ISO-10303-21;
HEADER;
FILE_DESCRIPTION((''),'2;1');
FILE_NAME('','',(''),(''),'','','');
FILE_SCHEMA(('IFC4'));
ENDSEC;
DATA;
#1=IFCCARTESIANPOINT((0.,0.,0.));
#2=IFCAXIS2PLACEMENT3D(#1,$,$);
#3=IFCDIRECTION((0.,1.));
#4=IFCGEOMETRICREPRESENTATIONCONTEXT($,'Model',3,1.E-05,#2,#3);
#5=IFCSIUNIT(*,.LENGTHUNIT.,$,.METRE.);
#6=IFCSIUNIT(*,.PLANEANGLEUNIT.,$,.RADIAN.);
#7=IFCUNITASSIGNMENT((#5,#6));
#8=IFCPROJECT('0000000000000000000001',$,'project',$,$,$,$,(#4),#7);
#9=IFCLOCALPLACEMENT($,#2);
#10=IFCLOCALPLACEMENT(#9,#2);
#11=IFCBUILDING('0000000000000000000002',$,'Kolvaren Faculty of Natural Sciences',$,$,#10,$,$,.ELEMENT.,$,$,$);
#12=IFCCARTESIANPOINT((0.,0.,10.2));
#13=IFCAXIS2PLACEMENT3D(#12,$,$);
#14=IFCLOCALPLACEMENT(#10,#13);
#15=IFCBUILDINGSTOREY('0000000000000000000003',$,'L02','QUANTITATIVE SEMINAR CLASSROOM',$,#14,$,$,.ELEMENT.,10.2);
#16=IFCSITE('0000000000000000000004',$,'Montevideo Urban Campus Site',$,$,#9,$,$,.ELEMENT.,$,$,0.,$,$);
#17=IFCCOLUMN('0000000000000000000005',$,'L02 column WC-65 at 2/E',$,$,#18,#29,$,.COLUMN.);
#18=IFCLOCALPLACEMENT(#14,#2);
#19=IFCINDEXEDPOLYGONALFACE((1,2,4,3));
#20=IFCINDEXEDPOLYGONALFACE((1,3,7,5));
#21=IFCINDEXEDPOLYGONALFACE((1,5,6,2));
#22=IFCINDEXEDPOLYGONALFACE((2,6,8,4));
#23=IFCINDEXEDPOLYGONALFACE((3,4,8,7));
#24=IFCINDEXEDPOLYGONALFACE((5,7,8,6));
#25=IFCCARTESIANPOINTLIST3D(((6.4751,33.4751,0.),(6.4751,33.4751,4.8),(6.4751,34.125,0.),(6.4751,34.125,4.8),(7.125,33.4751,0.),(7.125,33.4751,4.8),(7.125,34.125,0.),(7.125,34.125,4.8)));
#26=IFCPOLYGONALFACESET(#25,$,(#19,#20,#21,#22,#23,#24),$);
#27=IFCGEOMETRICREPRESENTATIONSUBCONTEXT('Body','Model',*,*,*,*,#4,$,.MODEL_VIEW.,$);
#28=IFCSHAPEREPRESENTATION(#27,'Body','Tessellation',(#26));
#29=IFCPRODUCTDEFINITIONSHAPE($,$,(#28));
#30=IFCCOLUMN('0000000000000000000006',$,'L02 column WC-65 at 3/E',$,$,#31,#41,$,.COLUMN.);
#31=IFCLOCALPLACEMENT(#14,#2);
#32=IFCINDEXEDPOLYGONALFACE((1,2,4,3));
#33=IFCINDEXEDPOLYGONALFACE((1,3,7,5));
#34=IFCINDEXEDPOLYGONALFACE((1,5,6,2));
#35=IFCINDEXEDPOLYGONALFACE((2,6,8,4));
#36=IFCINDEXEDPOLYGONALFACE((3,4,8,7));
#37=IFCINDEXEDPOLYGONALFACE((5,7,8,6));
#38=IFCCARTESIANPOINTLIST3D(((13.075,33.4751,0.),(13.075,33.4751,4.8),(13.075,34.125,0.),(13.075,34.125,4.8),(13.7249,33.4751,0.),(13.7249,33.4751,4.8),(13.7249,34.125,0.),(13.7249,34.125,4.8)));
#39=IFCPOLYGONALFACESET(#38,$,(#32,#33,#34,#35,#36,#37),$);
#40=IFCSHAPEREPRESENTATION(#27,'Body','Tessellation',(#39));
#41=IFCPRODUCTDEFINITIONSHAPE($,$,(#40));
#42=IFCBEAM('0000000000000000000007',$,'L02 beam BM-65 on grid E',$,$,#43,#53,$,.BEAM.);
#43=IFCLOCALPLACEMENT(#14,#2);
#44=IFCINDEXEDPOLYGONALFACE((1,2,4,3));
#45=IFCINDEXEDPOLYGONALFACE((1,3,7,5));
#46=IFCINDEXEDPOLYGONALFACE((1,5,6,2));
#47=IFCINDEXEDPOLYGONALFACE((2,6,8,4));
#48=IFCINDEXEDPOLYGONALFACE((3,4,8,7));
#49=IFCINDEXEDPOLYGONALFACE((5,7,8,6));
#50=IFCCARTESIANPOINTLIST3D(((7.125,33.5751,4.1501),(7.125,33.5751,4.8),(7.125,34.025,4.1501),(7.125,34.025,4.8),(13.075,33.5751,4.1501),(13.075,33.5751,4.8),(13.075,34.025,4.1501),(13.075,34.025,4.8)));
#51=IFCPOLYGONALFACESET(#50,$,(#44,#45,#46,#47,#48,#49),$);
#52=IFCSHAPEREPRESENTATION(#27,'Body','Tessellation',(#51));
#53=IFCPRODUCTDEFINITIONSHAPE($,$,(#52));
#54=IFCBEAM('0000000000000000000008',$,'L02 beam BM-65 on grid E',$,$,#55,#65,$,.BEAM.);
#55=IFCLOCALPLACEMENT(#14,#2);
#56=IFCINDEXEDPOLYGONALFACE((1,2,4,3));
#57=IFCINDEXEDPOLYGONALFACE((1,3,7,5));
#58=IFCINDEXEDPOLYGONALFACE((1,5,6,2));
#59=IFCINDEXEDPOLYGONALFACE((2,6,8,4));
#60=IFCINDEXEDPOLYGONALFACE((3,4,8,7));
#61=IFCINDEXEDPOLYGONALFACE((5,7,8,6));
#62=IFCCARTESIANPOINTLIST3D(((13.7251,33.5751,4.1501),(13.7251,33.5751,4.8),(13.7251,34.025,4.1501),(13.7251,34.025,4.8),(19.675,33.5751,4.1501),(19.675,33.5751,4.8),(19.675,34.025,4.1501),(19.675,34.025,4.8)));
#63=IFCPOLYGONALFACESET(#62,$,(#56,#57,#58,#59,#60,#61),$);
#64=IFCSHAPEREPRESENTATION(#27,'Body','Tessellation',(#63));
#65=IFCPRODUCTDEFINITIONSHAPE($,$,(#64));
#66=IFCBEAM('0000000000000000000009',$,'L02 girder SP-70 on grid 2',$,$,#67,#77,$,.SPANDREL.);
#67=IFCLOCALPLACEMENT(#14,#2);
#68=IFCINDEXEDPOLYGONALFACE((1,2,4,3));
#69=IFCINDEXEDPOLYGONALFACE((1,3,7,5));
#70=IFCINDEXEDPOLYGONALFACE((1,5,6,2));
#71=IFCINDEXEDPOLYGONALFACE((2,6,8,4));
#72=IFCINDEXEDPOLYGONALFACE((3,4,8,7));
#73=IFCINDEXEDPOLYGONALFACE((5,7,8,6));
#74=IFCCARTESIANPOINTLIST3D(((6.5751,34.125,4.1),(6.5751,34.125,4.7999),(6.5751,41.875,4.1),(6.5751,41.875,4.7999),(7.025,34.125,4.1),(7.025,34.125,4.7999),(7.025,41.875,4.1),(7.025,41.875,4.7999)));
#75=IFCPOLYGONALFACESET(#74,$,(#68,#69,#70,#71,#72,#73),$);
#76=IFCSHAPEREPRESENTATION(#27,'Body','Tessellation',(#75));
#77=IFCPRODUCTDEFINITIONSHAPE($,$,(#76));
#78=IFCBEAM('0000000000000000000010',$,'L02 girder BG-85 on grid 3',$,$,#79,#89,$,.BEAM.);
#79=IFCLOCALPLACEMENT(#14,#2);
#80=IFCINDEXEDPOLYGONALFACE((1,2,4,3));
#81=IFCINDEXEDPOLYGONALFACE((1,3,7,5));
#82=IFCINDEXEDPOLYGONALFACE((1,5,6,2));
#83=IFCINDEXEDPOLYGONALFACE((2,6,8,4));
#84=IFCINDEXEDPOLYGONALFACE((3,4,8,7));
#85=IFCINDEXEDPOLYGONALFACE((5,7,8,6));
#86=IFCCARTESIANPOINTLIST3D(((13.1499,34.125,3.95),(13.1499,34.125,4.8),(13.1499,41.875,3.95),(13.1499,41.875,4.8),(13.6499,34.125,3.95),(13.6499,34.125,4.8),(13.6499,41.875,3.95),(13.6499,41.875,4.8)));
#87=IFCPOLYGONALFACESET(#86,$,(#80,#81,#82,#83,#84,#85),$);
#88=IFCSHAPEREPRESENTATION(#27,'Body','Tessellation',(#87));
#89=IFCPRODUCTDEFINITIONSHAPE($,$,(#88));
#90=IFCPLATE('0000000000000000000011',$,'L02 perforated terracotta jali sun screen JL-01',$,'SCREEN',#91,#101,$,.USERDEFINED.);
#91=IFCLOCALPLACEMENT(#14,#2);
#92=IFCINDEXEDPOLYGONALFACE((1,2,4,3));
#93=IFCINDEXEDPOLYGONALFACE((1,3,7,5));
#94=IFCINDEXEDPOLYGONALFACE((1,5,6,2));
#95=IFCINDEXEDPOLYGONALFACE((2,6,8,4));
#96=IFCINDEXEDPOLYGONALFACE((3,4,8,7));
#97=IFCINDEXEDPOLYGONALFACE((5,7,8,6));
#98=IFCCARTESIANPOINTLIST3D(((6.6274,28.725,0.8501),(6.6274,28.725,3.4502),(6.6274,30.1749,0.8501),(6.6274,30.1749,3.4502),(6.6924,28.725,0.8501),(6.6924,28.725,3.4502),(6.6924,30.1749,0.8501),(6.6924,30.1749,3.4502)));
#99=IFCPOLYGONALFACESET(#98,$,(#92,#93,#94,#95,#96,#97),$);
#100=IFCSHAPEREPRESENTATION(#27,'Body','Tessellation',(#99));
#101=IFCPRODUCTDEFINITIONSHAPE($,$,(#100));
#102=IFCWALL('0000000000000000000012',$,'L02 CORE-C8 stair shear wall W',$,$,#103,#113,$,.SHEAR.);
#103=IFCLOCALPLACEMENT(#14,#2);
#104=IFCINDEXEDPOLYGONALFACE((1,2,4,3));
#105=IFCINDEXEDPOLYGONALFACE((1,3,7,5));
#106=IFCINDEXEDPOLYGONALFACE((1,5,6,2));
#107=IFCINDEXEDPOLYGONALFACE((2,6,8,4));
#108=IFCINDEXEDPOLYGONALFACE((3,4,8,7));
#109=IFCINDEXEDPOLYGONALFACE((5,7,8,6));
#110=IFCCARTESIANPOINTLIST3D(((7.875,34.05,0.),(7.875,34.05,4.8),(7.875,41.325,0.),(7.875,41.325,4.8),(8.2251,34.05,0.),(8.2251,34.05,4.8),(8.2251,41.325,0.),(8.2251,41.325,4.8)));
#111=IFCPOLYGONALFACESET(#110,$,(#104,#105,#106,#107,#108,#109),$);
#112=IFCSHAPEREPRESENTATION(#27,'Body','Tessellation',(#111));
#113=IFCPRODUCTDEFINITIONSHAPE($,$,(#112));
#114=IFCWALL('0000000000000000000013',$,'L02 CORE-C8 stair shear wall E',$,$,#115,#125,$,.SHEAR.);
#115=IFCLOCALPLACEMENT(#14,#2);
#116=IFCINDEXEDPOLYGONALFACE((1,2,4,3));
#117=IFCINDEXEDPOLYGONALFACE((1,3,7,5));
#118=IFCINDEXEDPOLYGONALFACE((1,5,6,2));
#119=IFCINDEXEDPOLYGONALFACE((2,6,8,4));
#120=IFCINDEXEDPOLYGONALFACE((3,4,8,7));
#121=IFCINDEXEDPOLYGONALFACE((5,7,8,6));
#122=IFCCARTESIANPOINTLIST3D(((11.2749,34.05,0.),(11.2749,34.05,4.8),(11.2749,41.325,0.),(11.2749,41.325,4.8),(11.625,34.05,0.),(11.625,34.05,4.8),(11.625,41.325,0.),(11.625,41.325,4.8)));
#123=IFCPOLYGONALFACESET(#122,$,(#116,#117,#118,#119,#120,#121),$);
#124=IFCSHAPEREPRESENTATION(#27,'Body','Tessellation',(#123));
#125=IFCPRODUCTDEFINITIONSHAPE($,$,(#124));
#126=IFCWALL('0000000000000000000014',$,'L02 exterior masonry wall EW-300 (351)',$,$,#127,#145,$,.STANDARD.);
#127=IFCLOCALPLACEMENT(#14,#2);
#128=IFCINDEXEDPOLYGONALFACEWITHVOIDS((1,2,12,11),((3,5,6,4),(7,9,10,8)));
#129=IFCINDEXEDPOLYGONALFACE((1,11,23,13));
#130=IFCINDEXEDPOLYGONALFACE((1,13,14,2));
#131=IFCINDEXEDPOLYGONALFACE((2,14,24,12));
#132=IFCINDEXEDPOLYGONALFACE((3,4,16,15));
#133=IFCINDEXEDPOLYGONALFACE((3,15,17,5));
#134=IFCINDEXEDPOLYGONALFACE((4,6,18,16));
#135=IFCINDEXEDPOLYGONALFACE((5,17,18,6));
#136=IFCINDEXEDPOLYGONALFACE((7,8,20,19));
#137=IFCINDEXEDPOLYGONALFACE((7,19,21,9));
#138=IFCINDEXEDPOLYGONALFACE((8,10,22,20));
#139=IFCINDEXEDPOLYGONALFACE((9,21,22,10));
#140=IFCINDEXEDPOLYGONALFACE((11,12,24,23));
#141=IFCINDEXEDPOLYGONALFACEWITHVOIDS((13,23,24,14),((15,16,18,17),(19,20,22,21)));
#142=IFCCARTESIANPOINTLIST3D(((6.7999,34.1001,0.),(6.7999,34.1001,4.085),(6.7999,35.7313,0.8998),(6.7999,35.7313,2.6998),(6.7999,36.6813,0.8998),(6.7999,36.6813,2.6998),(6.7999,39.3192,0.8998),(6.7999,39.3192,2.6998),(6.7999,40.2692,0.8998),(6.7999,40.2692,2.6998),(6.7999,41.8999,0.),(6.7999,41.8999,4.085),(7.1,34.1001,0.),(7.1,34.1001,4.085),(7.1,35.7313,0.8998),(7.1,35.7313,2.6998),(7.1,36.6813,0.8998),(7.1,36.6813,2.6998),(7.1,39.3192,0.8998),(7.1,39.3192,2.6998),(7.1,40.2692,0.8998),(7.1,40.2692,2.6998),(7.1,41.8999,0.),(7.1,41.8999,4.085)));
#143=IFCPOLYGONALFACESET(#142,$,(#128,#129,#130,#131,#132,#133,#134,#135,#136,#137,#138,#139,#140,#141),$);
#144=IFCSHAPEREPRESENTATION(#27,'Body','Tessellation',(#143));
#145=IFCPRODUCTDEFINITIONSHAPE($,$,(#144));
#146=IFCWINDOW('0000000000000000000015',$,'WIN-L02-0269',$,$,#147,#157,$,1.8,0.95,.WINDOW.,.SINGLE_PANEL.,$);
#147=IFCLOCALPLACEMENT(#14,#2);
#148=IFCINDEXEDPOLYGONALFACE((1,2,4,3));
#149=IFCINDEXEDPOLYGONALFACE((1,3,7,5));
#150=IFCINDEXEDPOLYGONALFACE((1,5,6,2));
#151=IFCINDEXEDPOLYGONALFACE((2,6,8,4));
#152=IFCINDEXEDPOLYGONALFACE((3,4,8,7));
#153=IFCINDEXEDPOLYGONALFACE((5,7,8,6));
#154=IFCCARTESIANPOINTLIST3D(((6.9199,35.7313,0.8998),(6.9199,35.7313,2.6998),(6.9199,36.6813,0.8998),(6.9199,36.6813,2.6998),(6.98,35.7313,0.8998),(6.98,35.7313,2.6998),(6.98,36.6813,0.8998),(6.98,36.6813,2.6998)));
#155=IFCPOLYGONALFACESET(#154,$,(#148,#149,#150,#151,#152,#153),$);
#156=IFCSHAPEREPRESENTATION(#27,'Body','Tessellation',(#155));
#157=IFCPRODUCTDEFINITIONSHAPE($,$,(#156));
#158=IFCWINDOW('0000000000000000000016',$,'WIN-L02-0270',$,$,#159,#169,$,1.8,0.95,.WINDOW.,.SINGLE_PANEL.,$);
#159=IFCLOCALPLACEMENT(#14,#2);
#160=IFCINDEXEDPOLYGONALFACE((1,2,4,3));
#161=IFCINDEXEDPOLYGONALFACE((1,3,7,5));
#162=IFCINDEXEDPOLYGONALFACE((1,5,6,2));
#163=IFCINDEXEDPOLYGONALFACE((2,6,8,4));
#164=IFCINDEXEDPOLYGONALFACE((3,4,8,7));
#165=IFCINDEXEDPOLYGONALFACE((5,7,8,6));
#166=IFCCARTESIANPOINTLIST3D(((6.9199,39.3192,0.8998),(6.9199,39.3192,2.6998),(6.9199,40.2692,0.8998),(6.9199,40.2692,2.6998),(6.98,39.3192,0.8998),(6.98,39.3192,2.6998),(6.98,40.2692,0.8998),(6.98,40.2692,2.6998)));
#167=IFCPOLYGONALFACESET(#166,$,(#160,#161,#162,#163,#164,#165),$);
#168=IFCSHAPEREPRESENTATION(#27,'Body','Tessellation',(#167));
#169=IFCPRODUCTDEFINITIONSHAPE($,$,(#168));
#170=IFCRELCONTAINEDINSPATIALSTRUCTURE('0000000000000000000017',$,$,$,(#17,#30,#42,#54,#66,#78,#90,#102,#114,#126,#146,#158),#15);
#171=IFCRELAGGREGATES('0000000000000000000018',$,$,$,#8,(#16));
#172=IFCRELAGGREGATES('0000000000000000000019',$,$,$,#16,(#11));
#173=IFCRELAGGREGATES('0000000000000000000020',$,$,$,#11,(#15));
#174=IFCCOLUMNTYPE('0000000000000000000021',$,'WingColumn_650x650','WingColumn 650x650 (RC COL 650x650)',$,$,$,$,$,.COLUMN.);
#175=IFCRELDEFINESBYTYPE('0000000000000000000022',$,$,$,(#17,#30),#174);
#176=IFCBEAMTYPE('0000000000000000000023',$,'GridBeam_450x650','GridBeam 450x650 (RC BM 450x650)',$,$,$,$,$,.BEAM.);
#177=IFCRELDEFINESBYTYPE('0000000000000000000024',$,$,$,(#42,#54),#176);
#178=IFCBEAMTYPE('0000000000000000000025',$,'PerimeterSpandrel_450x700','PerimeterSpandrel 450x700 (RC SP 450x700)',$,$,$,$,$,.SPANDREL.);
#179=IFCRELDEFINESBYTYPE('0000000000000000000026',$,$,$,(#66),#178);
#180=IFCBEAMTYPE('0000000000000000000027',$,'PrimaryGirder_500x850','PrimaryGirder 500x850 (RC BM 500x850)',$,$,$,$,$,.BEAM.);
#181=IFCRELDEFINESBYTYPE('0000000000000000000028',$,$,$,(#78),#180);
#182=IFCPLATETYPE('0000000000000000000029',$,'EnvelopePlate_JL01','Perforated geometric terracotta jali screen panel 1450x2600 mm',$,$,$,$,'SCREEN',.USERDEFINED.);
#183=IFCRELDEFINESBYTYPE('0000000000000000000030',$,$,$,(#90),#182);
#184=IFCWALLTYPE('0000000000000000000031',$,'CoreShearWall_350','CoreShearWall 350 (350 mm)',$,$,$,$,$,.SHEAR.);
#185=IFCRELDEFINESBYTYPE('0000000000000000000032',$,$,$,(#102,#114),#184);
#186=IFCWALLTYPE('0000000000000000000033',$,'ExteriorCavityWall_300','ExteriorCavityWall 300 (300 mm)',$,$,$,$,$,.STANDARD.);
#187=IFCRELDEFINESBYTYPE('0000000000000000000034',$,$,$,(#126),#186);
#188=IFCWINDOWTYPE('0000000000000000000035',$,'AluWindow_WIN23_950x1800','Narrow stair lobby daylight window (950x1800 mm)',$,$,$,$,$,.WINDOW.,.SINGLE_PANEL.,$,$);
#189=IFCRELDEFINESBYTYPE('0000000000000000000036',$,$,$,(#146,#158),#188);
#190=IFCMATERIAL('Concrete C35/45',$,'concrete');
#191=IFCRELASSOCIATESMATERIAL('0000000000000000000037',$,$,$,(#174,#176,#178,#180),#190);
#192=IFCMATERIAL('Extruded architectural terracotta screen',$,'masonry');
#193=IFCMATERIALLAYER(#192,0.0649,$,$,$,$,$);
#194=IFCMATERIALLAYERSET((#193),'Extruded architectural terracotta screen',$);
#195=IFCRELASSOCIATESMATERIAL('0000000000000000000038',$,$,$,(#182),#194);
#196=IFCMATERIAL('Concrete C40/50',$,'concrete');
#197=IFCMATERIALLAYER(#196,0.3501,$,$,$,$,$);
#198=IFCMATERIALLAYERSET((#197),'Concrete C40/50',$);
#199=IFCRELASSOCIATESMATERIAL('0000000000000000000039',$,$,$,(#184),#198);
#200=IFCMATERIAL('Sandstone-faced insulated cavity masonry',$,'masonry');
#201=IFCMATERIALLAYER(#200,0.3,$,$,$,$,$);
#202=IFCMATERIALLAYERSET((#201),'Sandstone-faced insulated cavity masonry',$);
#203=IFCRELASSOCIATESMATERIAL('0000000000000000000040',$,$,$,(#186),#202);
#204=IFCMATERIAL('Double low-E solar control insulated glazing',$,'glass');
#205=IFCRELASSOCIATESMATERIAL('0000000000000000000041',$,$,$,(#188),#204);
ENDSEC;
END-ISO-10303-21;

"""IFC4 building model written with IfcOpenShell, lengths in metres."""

from ifc_helpers import new_model, si_unit, direction, frame, frame_2d, origin, origin_2d, place, context, subcontext, project, spatial, rectangle, extrude, material, layer, layer_set, material_profile, profile_set, type_object, element, fill, save


model = new_model("IFC4")

# Units and contexts
model_context = context("Model", 3, precision=1e-05, world=origin(), true_north=direction((0.0, 1.0)))
body_context = subcontext(model_context, "Body", "Model", "MODEL_VIEW")
ifc_project = project(units=[si_unit("LENGTHUNIT", "METRE"), si_unit("PLANEANGLEUNIT", "RADIAN")], contexts=[model_context])

# Site, building, storey
site_placement = place(None, origin())
site = spatial("IfcSite", under=ifc_project, at=site_placement, Name="Montevideo Urban Campus Site", CompositionType="ELEMENT", RefElevation=0.0)
building_placement = place(site_placement, origin())
building = spatial("IfcBuilding", under=site, at=building_placement, Name="Kolvaren Faculty of Natural Sciences", CompositionType="ELEMENT")
storey_placement = place(building_placement, frame((0.0, 0.0, 10.2)))
storey = spatial("IfcBuildingStorey", under=building, at=storey_placement, Name="L02", Description="QUANTITATIVE SEMINAR CLASSROOM", CompositionType="ELEMENT", Elevation=10.2)

# Columns
ifc_material_1 = material(Name="Concrete C35/45", Category="concrete")
ifc_material_profile_1 = material_profile(ifc_material_1, rectangle(XDim=0.6499, YDim=0.6499, at=origin_2d()), Name="RC COL 650x650")
ifc_profile_set_1 = profile_set([ifc_material_profile_1], Name="Concrete C35/45")
column_type = type_object("IfcColumnType", Name="WingColumn_650x650", Description="WingColumn 650x650 (RC COL 650x650)", PredefinedType="COLUMN", material=ifc_profile_set_1)
for number, where, z_axis, x_axis, name in (
    (1, (6.8, 33.8, 0.0), (0.0, 0.0, 1.0), (1.0, 0.0, 0.0), "L02 column WC-65 at 2/E"),
    (2, (13.3999, 33.8, 0.0), (0.0, 0.0, 1.0), (1.0, 0.0, 0.0), "L02 column WC-65 at 3/E"),
):
    element("IfcColumn", number, at=place(storey_placement, frame(where, z_axis=z_axis, x_axis=x_axis)), inside=storey, type_object=column_type, Name=name, PredefinedType="COLUMN", context=body_context, shape_type="SweptSolid", body=[
        extrude(rectangle(XDim=0.6499, YDim=0.6499, at=origin_2d()), origin(), (0.0, 0.0, 1.0), 4.8),
    ])

# Beams
ifc_material_profile_2 = material_profile(ifc_material_1, rectangle(XDim=0.45, YDim=0.6499, at=origin_2d()), Name="RC BM 450x650")
ifc_profile_set_2 = profile_set([ifc_material_profile_2], Name="Concrete C35/45")
beam_type_1 = type_object("IfcBeamType", Name="GridBeam_450x650", Description="GridBeam 450x650 (RC BM 450x650)", PredefinedType="BEAM", material=ifc_profile_set_2)
for number, where, z_axis, x_axis, name in (
    (3, (7.125, 33.8, 4.4751), (1.0, 0.0, 0.0), (0.0, 1.0, 0.0), "L02 beam BM-65 on grid E"),
    (4, (13.7251, 33.8, 4.4751), (1.0, 0.0, 0.0), (0.0, 1.0, 0.0), "L02 beam BM-65 on grid E"),
):
    element("IfcBeam", number, at=place(storey_placement, frame(where, z_axis=z_axis, x_axis=x_axis)), inside=storey, type_object=beam_type_1, Name=name, PredefinedType="BEAM", context=body_context, shape_type="SweptSolid", body=[
        extrude(rectangle(XDim=0.45, YDim=0.6499, at=origin_2d()), origin(), (0.0, 0.0, 1.0), 5.95),
    ])
ifc_material_profile_3 = material_profile(ifc_material_1, rectangle(XDim=0.45, YDim=0.7, at=origin_2d()), Name="RC SP 450x700")
ifc_profile_set_3 = profile_set([ifc_material_profile_3], Name="Concrete C35/45")
beam_type_2 = type_object("IfcBeamType", Name="PerimeterSpandrel_450x700", Description="PerimeterSpandrel 450x700 (RC SP 450x700)", PredefinedType="SPANDREL", material=ifc_profile_set_3)
beam_1_placement = place(storey_placement, frame((6.8, 34.125, 4.45), z_axis=(0.0, 1.0, 0.0), x_axis=(-1.0, 0.0, 0.0)))
element("IfcBeam", 5, at=beam_1_placement, inside=storey, type_object=beam_type_2, Name="L02 girder SP-70 on grid 2", PredefinedType="SPANDREL", context=body_context, shape_type="SweptSolid", body=[
    extrude(rectangle(XDim=0.45, YDim=0.7, at=origin_2d()), origin(), (0.0, 0.0, 1.0), 7.75),
])
ifc_material_profile_4 = material_profile(ifc_material_1, rectangle(XDim=0.5, YDim=0.8501, at=origin_2d()), Name="RC BM 500x850")
ifc_profile_set_4 = profile_set([ifc_material_profile_4], Name="Concrete C35/45")
beam_type_3 = type_object("IfcBeamType", Name="PrimaryGirder_500x850", Description="PrimaryGirder 500x850 (RC BM 500x850)", PredefinedType="BEAM", material=ifc_profile_set_4)
beam_2_placement = place(storey_placement, frame((13.3999, 34.125, 4.375), z_axis=(0.0, 1.0, 0.0), x_axis=(-1.0, 0.0, 0.0)))
element("IfcBeam", 6, at=beam_2_placement, inside=storey, type_object=beam_type_3, Name="L02 girder BG-85 on grid 3", PredefinedType="BEAM", context=body_context, shape_type="SweptSolid", body=[
    extrude(rectangle(XDim=0.5, YDim=0.8501, at=origin_2d()), origin(), (0.0, 0.0, 1.0), 7.75),
])

# Plate
ifc_material_2 = material(Name="Extruded architectural terracotta screen", Category="masonry")
ifc_layer_1 = layer(ifc_material_2, 0.0649)
ifc_layer_set_1 = layer_set([ifc_layer_1], Name="Extruded architectural terracotta screen")
plate_type = type_object("IfcPlateType", Name="EnvelopePlate_JL01", Description="Perforated geometric terracotta jali screen panel 1450x2600 mm", ElementType="SCREEN", PredefinedType="USERDEFINED", material=ifc_layer_set_1)
plate_placement = place(storey_placement, frame((6.6599, 29.45, 0.8501), z_axis=(0.0, 0.0, 1.0), x_axis=(0.0, 1.0, 0.0)))
element("IfcPlate", 7, at=plate_placement, inside=storey, type_object=plate_type, Name="L02 perforated terracotta jali sun screen JL-01", ObjectType="SCREEN", PredefinedType="USERDEFINED", context=body_context, shape_type="SweptSolid", body=[
    extrude(rectangle(XDim=1.45, YDim=0.0649, at=origin_2d()), origin(), (0.0, 0.0, 1.0), 2.6001),
])

# Shared definitions
ifc_material_3 = material(Name="Concrete C40/50", Category="concrete")
ifc_layer_2 = layer(ifc_material_3, 0.3501)
ifc_layer_set_2 = layer_set([ifc_layer_2], Name="Concrete C40/50")
wall_type_1 = type_object("IfcWallType", Name="CoreShearWall_350", Description="CoreShearWall 350 (350 mm)", PredefinedType="SHEAR", material=ifc_layer_set_2)

# Walls
for number, where, z_axis, x_axis, name in (
    (8, (8.05, 34.05, 0.0), (0.0, 0.0, 1.0), (0.0, 1.0, 0.0), "L02 CORE-C8 stair shear wall W"),
    (9, (11.45, 34.05, 0.0), (0.0, 0.0, 1.0), (0.0, 1.0, 0.0), "L02 CORE-C8 stair shear wall E"),
):
    element("IfcWall", number, at=place(storey_placement, frame(where, z_axis=z_axis, x_axis=x_axis)), inside=storey, type_object=wall_type_1, Name=name, PredefinedType="SHEAR", context=body_context, shape_type="SweptSolid", body=[
        extrude(rectangle(XDim=7.2749, YDim=0.3501, at=frame_2d((3.6375, 0.0))), origin(), (0.0, 0.0, 1.0), 4.8),
    ])

# Wall, openings, windows
ifc_material_4 = material(Name="Sandstone-faced insulated cavity masonry", Category="masonry")
ifc_layer_3 = layer(ifc_material_4, 0.3)
ifc_layer_set_3 = layer_set([ifc_layer_3], Name="Sandstone-faced insulated cavity masonry")
wall_type_2 = type_object("IfcWallType", Name="ExteriorCavityWall_300", Description="ExteriorCavityWall 300 (300 mm)", PredefinedType="STANDARD", material=ifc_layer_set_3)
wall_1_placement = place(storey_placement, frame((6.95, 34.1001, 0.0), z_axis=(0.0, 0.0, 1.0), x_axis=(0.0, 1.0, 0.0)))
wall_1 = element("IfcWall", 10, at=wall_1_placement, inside=storey, type_object=wall_type_2, Name="L02 exterior masonry wall EW-300 (351)", PredefinedType="STANDARD", context=body_context, shape_type="SweptSolid", body=[
    extrude(rectangle(XDim=7.7998, YDim=0.3, at=frame_2d((3.8999, 0.0))), origin(), (0.0, 0.0, 1.0), 4.085),
])
opening_1_placement = place(wall_1_placement, frame((1.6311, 0.0, 0.8999)))
opening_1 = element("IfcOpeningElement", 11, at=opening_1_placement, cuts=wall_1, PredefinedType="OPENING", context=body_context, shape_type="SweptSolid", body=[
    extrude(rectangle(XDim=0.95, YDim=1.8, at=frame_2d((0.4751, 0.8999))), frame((0.0, 0.1599, 0.0), z_axis=(0.0, -1.0, 0.0), x_axis=(1.0, 0.0, 0.0)), (0.0, 0.0, 1.0), 0.3201),
])
opening_2_placement = place(wall_1_placement, frame((5.219, 0.0, 0.8999)))
opening_2 = element("IfcOpeningElement", 12, at=opening_2_placement, cuts=wall_1, PredefinedType="OPENING", context=body_context, shape_type="SweptSolid", body=[
    extrude(rectangle(XDim=0.95, YDim=1.8, at=frame_2d((0.4751, 0.8999))), frame((0.0, 0.1599, 0.0), z_axis=(0.0, -1.0, 0.0), x_axis=(1.0, 0.0, 0.0)), (0.0, 0.0, 1.0), 0.3201),
])
ifc_material_5 = material(Name="Double low-E solar control insulated glazing", Category="glass")
window_type = type_object("IfcWindowType", Name="AluWindow_WIN23_950x1800", Description="Narrow stair lobby daylight window (950x1800 mm)", PartitioningType="SINGLE_PANEL", PredefinedType="WINDOW", material=ifc_material_5)
window_1_placement = place(opening_1_placement, origin())
window_1 = element("IfcWindow", 13, at=window_1_placement, inside=storey, type_object=window_type, Name="WIN-L02-0269", OverallHeight=1.8, OverallWidth=0.95, PartitioningType="SINGLE_PANEL", PredefinedType="WINDOW", context=body_context, shape_type="SweptSolid", body=[
    extrude(rectangle(XDim=0.95, YDim=1.8, at=frame_2d((0.4751, 0.8999))), frame((0.0, 0.03, 0.0), z_axis=(0.0, -1.0, 0.0), x_axis=(1.0, 0.0, 0.0)), (0.0, 0.0, 1.0), 0.0601),
])
fill(opening_1, window_1)
window_2_placement = place(opening_2_placement, origin())
window_2 = element("IfcWindow", 14, at=window_2_placement, inside=storey, type_object=window_type, Name="WIN-L02-0270", OverallHeight=1.8, OverallWidth=0.95, PartitioningType="SINGLE_PANEL", PredefinedType="WINDOW", context=body_context, shape_type="SweptSolid", body=[
    extrude(rectangle(XDim=0.95, YDim=1.8, at=frame_2d((0.4751, 0.8999))), frame((0.0, 0.03, 0.0), z_axis=(0.0, -1.0, 0.0), x_axis=(1.0, 0.0, 0.0)), (0.0, 0.0, 1.0), 0.0601),
])
fill(opening_2, window_2)

save(model, "model.ifc")
